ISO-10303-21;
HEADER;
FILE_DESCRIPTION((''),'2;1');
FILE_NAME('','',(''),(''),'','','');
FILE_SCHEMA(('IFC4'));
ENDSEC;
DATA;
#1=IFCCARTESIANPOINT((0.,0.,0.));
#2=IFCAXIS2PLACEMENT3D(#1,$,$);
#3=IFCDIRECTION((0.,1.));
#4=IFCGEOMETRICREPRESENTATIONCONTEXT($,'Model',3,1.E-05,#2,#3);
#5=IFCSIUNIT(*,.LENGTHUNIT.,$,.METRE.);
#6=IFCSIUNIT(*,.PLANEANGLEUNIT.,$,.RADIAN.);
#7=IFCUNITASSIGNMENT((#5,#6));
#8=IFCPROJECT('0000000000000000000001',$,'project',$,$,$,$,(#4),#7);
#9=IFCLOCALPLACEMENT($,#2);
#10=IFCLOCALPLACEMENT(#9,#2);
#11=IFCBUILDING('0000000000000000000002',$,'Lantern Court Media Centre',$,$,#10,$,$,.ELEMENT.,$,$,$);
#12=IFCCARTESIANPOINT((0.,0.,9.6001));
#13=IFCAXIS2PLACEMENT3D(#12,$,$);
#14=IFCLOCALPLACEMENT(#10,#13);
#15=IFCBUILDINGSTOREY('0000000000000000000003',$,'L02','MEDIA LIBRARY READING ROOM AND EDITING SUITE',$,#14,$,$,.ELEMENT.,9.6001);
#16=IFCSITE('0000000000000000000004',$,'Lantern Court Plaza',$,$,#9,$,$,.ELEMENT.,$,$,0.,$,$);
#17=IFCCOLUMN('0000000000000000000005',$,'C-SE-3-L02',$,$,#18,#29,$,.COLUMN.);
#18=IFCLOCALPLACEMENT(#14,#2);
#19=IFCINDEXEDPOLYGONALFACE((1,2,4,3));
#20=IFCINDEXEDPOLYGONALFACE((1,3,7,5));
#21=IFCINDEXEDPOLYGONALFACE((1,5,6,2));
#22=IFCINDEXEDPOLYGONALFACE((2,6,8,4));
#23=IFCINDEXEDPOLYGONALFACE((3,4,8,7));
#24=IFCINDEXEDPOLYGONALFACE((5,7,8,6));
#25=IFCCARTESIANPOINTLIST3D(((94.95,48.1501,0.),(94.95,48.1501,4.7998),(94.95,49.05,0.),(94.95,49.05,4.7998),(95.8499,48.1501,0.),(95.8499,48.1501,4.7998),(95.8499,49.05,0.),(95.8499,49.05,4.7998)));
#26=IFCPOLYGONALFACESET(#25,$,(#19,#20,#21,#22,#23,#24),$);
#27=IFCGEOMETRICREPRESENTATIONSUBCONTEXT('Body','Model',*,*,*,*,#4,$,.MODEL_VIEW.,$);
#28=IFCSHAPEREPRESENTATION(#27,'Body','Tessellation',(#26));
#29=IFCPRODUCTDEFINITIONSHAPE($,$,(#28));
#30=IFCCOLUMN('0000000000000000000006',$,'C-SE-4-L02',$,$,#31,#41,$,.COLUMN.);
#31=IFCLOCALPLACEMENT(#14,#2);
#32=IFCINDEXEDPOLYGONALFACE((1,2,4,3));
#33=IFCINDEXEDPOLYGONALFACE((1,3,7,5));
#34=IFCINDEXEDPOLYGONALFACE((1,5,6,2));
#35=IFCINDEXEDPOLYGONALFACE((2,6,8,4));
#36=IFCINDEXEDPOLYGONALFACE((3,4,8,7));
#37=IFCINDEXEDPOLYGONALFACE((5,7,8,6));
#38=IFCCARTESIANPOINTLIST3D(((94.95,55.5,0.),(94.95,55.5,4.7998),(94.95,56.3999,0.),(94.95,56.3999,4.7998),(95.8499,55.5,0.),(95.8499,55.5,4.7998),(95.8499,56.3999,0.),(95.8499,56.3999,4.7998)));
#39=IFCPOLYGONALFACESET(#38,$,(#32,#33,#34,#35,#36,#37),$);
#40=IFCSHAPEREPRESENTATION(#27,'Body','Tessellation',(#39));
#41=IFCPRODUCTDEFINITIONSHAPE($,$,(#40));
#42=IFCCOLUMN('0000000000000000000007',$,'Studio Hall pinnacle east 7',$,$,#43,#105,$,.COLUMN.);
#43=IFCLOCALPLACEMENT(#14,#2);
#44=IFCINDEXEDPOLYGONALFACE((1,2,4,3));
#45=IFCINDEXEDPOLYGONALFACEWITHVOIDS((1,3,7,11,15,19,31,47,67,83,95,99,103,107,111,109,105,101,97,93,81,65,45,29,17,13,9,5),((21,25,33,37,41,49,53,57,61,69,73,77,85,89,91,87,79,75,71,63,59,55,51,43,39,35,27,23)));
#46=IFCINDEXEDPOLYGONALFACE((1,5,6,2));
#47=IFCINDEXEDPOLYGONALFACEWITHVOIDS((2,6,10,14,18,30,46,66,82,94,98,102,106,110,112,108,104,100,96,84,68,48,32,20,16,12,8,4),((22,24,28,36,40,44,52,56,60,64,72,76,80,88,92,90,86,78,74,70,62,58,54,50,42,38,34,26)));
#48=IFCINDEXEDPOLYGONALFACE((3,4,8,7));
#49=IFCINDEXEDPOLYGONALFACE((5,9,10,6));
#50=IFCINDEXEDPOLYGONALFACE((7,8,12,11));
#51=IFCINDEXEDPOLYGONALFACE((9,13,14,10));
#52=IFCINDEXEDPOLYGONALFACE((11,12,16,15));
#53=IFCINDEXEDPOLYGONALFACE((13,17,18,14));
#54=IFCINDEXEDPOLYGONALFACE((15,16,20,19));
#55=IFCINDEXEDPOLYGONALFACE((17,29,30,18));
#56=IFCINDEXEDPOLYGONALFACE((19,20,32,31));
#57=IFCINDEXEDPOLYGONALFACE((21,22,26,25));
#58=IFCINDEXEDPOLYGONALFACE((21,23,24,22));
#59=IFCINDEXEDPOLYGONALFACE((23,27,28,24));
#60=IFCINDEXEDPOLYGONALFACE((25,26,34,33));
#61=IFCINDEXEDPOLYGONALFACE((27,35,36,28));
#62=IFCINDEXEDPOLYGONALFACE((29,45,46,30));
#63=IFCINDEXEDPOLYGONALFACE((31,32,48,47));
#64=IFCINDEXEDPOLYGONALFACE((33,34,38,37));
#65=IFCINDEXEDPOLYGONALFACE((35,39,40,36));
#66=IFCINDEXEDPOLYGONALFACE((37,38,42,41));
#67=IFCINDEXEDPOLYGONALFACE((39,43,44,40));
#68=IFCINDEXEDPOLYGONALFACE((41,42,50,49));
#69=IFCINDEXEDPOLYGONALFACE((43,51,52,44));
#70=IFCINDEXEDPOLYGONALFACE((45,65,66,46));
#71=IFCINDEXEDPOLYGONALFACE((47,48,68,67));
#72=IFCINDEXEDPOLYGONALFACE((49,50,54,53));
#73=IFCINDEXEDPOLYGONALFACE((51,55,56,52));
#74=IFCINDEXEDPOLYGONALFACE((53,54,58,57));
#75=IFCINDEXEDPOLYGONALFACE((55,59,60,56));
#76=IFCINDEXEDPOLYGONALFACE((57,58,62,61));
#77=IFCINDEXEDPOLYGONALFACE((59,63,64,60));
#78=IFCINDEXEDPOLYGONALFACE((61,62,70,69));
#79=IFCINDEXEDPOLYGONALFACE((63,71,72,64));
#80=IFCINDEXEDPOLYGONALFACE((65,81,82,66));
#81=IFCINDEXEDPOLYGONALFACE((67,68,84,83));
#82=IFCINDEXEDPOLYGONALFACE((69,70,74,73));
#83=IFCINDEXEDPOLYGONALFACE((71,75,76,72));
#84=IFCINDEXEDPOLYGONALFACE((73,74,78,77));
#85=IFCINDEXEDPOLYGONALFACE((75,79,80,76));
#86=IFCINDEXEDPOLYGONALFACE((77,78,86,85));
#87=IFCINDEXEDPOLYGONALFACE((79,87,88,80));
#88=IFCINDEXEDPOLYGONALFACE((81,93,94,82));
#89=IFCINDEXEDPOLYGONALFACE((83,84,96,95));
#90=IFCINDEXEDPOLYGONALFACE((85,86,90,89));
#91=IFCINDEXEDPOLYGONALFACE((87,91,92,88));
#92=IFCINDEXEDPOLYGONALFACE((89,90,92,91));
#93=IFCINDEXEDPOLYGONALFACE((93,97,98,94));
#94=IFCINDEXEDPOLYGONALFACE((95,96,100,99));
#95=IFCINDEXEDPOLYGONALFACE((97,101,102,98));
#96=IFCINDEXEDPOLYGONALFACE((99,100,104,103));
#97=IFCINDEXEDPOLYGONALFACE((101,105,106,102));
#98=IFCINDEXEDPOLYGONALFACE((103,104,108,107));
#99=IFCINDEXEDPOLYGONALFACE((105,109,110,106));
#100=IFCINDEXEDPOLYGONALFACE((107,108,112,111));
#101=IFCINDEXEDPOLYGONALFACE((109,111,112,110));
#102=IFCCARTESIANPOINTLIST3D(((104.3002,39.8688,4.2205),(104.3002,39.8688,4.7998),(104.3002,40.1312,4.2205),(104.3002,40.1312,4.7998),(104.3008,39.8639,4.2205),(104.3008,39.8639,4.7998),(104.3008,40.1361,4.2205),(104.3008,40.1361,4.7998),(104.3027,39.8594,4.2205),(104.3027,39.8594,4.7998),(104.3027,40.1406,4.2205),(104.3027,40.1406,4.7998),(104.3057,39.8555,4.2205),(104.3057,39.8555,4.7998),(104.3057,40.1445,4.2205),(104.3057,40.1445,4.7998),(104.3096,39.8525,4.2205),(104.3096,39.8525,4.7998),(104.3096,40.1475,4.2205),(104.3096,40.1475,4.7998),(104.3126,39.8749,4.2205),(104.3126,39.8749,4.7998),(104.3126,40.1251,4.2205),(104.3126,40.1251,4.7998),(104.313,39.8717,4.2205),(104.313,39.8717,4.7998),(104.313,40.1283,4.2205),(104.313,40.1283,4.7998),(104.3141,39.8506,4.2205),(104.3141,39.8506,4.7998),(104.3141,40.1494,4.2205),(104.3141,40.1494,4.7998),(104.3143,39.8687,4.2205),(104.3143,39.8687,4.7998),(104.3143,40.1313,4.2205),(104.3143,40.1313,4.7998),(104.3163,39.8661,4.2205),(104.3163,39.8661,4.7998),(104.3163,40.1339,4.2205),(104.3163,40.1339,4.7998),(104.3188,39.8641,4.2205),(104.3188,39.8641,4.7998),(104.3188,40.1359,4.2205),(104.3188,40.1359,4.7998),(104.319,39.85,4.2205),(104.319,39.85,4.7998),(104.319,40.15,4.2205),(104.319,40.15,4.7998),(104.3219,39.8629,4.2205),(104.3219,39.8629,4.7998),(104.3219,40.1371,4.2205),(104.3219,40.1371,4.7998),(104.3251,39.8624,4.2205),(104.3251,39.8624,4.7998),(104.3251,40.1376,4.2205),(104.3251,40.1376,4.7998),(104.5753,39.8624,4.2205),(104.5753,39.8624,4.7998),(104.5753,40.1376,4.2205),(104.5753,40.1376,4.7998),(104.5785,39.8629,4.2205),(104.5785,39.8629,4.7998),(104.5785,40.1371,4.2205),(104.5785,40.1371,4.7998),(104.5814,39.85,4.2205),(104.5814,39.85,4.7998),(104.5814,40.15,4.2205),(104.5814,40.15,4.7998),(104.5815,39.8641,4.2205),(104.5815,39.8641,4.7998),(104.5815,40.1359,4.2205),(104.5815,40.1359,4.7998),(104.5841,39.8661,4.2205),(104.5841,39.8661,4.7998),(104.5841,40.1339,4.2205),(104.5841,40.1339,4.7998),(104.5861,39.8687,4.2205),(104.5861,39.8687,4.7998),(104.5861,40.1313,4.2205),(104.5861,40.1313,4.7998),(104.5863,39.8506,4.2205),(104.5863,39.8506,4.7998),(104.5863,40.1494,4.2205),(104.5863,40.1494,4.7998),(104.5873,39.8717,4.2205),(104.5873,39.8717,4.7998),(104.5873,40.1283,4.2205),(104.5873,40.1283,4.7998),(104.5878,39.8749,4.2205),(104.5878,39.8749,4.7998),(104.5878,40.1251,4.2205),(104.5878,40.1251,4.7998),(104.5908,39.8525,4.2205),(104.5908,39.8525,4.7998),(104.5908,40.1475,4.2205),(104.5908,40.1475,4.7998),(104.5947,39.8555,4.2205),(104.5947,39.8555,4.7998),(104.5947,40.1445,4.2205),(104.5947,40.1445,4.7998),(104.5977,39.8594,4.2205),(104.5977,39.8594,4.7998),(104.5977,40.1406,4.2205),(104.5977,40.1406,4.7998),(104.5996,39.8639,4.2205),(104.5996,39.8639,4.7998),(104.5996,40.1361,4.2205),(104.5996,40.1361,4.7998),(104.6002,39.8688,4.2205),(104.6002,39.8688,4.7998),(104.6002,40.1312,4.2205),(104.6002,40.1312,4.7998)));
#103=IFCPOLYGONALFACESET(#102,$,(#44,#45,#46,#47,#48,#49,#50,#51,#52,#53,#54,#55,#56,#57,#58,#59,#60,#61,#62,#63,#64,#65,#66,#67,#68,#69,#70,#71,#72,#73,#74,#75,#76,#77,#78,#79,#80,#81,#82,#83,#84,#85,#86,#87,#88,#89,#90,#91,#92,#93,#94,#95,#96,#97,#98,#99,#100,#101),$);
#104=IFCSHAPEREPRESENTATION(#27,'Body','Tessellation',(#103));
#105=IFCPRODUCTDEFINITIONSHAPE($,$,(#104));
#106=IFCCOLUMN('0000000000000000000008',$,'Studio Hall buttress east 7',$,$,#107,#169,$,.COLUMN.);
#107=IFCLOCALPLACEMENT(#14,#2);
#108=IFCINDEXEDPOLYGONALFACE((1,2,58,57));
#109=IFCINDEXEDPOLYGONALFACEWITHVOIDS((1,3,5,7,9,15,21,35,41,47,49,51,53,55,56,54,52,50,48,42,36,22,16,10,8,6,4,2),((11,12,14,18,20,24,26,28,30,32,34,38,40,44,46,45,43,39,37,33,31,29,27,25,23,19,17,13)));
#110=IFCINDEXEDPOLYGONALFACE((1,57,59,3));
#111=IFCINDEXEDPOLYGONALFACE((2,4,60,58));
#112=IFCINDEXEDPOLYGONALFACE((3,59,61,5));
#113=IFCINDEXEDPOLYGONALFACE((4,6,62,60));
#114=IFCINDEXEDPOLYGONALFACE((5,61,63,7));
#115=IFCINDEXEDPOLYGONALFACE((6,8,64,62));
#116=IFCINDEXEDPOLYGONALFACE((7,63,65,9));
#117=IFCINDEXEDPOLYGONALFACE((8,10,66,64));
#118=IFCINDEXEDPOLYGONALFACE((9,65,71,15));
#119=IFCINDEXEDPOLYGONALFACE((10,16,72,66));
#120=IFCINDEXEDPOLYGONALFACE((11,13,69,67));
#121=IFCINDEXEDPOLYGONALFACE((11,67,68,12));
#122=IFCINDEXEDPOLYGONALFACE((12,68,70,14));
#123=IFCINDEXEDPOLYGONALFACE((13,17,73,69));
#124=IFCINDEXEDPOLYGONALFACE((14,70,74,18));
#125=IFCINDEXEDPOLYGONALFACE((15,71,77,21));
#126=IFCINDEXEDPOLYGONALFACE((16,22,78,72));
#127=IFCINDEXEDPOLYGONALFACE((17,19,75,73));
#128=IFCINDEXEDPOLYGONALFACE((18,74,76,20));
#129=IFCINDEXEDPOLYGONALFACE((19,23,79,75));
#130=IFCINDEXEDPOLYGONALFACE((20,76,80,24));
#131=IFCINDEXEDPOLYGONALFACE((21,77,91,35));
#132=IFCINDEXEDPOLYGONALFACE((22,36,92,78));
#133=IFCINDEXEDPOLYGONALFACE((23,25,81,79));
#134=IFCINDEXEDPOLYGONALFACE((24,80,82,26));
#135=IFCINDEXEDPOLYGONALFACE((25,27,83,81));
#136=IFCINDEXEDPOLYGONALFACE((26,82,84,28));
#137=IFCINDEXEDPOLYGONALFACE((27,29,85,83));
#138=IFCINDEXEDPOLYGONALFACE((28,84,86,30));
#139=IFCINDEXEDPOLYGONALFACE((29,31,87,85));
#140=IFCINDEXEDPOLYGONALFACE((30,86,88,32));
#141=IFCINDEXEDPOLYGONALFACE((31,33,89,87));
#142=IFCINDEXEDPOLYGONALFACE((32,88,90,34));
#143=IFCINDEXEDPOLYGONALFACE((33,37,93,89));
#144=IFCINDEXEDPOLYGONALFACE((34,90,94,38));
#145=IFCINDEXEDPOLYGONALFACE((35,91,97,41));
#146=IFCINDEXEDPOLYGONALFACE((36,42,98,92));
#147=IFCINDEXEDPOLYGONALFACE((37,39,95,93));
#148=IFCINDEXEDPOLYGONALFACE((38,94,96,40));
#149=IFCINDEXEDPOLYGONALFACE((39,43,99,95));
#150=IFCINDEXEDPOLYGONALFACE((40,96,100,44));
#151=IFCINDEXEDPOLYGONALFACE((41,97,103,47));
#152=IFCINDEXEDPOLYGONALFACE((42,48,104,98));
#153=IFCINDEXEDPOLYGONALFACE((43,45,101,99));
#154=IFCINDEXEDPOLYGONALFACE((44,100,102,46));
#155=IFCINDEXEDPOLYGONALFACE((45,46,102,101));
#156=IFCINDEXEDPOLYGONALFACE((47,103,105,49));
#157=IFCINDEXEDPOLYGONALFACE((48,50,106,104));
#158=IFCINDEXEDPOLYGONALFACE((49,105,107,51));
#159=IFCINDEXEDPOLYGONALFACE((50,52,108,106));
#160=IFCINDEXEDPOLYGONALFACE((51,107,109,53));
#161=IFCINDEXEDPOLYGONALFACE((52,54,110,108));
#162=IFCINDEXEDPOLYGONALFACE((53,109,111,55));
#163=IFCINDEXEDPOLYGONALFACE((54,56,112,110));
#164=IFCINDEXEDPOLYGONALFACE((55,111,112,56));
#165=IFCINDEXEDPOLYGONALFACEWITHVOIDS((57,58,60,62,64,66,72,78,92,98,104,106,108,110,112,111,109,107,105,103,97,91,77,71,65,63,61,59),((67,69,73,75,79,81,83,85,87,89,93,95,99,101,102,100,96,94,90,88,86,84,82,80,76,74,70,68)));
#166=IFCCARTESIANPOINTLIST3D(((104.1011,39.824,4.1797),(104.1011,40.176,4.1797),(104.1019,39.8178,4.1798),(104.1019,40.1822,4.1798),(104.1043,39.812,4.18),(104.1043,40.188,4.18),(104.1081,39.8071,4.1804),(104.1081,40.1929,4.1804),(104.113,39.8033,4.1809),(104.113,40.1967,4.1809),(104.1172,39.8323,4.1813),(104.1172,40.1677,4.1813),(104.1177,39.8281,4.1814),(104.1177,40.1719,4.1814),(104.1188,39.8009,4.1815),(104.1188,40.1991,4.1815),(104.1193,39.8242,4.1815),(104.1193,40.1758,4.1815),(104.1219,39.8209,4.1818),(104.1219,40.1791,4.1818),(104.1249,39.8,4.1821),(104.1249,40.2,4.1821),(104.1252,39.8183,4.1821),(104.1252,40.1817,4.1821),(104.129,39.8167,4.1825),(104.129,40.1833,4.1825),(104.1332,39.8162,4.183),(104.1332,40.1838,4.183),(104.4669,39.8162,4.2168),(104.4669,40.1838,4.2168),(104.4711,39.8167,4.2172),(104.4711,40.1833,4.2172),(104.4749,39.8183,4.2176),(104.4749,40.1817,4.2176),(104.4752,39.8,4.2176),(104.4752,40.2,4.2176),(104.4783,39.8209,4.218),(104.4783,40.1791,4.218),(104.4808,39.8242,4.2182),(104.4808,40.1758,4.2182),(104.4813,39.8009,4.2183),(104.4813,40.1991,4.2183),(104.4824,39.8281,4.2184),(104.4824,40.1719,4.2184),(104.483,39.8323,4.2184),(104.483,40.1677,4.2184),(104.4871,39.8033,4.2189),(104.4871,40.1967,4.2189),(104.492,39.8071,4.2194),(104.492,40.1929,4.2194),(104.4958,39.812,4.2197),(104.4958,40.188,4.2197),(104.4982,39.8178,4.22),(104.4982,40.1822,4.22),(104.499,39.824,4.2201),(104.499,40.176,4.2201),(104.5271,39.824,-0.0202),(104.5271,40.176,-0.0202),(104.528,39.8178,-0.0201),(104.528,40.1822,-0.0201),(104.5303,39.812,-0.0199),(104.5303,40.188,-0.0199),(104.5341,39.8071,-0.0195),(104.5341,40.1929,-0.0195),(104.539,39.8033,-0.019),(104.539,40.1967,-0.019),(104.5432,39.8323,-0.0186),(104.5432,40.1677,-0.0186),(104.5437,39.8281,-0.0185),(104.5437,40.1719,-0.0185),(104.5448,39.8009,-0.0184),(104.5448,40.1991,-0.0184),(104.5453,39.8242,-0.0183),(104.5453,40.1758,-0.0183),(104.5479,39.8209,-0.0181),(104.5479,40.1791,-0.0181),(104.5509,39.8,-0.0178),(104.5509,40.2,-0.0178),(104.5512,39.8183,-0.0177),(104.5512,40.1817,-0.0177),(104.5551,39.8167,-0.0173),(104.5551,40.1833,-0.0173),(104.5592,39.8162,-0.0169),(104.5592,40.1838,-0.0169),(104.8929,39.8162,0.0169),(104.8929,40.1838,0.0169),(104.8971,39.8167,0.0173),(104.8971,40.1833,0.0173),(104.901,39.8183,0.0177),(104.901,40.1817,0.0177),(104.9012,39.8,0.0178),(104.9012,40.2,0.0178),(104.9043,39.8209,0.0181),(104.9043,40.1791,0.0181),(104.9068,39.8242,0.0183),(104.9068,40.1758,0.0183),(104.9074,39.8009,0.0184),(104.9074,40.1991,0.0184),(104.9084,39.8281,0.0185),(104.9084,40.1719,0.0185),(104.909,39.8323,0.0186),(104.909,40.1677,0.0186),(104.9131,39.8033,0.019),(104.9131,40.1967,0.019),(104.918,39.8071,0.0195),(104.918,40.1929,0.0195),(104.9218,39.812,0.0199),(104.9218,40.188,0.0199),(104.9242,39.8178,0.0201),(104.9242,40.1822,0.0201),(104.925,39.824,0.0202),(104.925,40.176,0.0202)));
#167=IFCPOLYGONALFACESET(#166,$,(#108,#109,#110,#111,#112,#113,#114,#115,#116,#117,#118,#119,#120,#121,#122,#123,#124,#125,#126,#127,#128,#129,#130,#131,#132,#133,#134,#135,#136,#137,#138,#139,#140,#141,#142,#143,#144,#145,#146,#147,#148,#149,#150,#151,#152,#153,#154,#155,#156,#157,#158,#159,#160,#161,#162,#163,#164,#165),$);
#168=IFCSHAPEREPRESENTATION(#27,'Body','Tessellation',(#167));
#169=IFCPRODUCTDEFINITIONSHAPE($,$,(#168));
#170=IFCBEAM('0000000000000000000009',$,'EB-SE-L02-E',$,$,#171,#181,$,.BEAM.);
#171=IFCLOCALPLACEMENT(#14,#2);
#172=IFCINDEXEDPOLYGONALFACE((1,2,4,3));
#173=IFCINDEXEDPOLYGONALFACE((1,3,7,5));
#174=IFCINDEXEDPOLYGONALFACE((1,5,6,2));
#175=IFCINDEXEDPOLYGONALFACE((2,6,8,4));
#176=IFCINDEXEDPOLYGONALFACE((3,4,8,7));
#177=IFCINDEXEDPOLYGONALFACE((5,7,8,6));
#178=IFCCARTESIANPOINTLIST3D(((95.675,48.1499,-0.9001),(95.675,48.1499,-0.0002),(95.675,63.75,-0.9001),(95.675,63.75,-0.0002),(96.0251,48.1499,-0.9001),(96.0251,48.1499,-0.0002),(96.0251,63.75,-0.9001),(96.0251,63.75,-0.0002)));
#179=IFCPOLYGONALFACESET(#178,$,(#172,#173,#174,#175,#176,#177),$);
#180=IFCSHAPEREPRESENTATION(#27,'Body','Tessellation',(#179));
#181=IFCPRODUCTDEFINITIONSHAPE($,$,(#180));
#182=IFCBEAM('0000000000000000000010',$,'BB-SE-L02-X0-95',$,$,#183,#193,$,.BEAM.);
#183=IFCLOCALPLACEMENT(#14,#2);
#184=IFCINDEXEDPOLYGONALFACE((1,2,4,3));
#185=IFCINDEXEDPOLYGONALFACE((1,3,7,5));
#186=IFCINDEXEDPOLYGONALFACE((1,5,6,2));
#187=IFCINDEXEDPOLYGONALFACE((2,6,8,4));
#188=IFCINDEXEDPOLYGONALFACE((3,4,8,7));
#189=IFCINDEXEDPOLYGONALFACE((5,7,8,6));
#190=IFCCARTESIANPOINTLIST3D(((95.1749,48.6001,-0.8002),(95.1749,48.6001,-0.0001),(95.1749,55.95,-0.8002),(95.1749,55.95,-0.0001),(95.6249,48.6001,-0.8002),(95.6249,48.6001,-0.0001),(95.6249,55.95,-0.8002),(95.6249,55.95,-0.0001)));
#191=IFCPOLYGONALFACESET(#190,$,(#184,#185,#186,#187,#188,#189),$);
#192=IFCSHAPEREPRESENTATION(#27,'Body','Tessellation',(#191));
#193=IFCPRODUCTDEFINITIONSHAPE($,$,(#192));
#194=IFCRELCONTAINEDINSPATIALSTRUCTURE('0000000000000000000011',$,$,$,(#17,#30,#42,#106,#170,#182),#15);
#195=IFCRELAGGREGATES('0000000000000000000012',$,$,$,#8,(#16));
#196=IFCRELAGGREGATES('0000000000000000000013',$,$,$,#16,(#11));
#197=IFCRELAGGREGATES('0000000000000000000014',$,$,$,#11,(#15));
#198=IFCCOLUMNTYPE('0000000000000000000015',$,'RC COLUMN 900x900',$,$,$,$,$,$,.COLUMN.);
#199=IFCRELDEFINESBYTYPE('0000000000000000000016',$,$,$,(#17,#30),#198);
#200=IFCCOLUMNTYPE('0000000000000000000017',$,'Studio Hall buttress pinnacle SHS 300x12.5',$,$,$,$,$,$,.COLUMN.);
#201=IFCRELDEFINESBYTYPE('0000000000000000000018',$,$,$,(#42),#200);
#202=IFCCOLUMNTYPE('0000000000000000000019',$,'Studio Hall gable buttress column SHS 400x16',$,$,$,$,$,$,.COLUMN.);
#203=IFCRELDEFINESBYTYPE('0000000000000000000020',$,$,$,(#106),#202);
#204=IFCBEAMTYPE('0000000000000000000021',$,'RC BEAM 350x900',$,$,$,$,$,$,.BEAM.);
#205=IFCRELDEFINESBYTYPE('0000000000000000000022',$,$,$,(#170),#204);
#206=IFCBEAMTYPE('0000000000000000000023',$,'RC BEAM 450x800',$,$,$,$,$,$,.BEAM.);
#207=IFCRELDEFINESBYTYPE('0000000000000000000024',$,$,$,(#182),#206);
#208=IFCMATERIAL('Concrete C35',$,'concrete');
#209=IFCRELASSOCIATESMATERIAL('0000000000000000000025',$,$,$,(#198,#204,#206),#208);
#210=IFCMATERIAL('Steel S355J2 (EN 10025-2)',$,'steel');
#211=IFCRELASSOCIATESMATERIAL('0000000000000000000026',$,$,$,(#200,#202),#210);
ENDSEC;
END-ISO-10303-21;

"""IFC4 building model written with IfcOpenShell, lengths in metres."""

from ifc_helpers import new_model, si_unit, direction, frame, origin, origin_2d, place, context, subcontext, project, spatial, rectangle, hollow_rectangle, extrude, material, material_profile, profile_set, type_object, element, save


model = new_model("IFC4")

# Units and contexts
model_context = context("Model", 3, precision=1e-05, world=origin(), true_north=direction((0.0, 1.0)))
body_context = subcontext(model_context, "Body", "Model", "MODEL_VIEW")
ifc_project = project(units=[si_unit("LENGTHUNIT", "METRE"), si_unit("PLANEANGLEUNIT", "RADIAN")], contexts=[model_context])

# Site, building, storey
site_placement = place(None, origin())
site = spatial("IfcSite", under=ifc_project, at=site_placement, Name="Lantern Court Plaza", CompositionType="ELEMENT", RefElevation=0.0)
building_placement = place(site_placement, origin())
building = spatial("IfcBuilding", under=site, at=building_placement, Name="Lantern Court Media Centre", CompositionType="ELEMENT")
storey_placement = place(building_placement, frame((0.0, 0.0, 9.6001)))
storey = spatial("IfcBuildingStorey", under=building, at=storey_placement, Name="L02", Description="MEDIA LIBRARY READING ROOM AND EDITING SUITE", CompositionType="ELEMENT", Elevation=9.6001)

# Columns
ifc_material_1 = material(Name="Concrete C35", Category="concrete")
ifc_material_profile_1 = material_profile(ifc_material_1, rectangle(XDim=0.8999, YDim=0.8999, at=origin_2d()), Name="RC 900x900")
ifc_profile_set_1 = profile_set([ifc_material_profile_1], Name="Concrete C35")
column_type_1 = type_object("IfcColumnType", Name="RC COLUMN 900x900", PredefinedType="COLUMN", material=ifc_profile_set_1)
for number, where, z_axis, x_axis, name in (
    (1, (95.3999, 48.6001, 0.0), (0.0, 0.0, 1.0), (1.0, 0.0, 0.0), "C-SE-3-L02"),
    (2, (95.3999, 55.95, 0.0), (0.0, 0.0, 1.0), (1.0, 0.0, 0.0), "C-SE-4-L02"),
):
    element("IfcColumn", number, at=place(storey_placement, frame(where, z_axis=z_axis, x_axis=x_axis)), inside=storey, type_object=column_type_1, Name=name, PredefinedType="COLUMN", context=body_context, shape_type="SweptSolid", body=[
        extrude(rectangle(XDim=0.8999, YDim=0.8999, at=origin_2d()), origin(), (0.0, 0.0, 1.0), 4.7998),
    ])
ifc_material_2 = material(Name="Steel S355J2 (EN 10025-2)", Category="steel")
ifc_material_profile_2 = material_profile(ifc_material_2, hollow_rectangle(XDim=0.3, YDim=0.3, WallThickness=0.0125, InnerFilletRadius=0.0125, OuterFilletRadius=0.0188, at=origin_2d()), Name="Studio Hall buttress pinnacle SHS 300x12.5")
ifc_profile_set_2 = profile_set([ifc_material_profile_2], Name="Steel S355J2 (EN 10025-2)")
column_type_2 = type_object("IfcColumnType", Name="Studio Hall buttress pinnacle SHS 300x12.5", PredefinedType="COLUMN", material=ifc_profile_set_2)
column_1_placement = place(storey_placement, frame((104.4502, 40.0, 4.2205), z_axis=(0.0, 0.0, 1.0), x_axis=(1.0, 0.0, 0.0)))
element("IfcColumn", 3, at=column_1_placement, inside=storey, type_object=column_type_2, Name="Studio Hall pinnacle east 7", PredefinedType="COLUMN", context=body_context, shape_type="SweptSolid", body=[
    extrude(hollow_rectangle(XDim=0.3, YDim=0.3, WallThickness=0.0125, InnerFilletRadius=0.0125, OuterFilletRadius=0.0188, at=origin_2d()), origin(), (0.0, 0.0, 1.0), 0.5793),
])
ifc_material_profile_3 = material_profile(ifc_material_2, hollow_rectangle(XDim=0.3999, YDim=0.3999, WallThickness=0.0161, InnerFilletRadius=0.0161, OuterFilletRadius=0.0239, at=origin_2d()), Name="Studio Hall gable buttress column SHS 400x16")
ifc_profile_set_3 = profile_set([ifc_material_profile_3], Name="Steel S355J2 (EN 10025-2)")
column_type_3 = type_object("IfcColumnType", Name="Studio Hall gable buttress column SHS 400x16", PredefinedType="COLUMN", material=ifc_profile_set_3)
column_2_placement = place(storey_placement, frame((104.7261, 40.0, 0.0), z_axis=(-0.100918, 0.0, 0.994895), x_axis=(0.0, -1.0, 0.0)))
element("IfcColumn", 4, at=column_2_placement, inside=storey, type_object=column_type_3, Name="Studio Hall buttress east 7", PredefinedType="COLUMN", context=body_context, shape_type="SweptSolid", body=[
    extrude(hollow_rectangle(XDim=0.3999, YDim=0.3999, WallThickness=0.0161, InnerFilletRadius=0.0161, OuterFilletRadius=0.0239, at=origin_2d()), origin(), (0.0, 0.0, 1.0), 4.2214),
])

# Beams
ifc_material_profile_4 = material_profile(ifc_material_1, rectangle(XDim=0.3501, YDim=0.8999, at=origin_2d()), Name="RC 350x900")
ifc_profile_set_4 = profile_set([ifc_material_profile_4], Name="Concrete C35")
beam_type_1 = type_object("IfcBeamType", Name="RC BEAM 350x900", PredefinedType="BEAM", material=ifc_profile_set_4)
beam_1_placement = place(storey_placement, frame((95.8501, 48.1499, -0.4502), z_axis=(0.0, 1.0, 0.0), x_axis=(-1.0, 0.0, 0.0)))
element("IfcBeam", 5, at=beam_1_placement, inside=storey, type_object=beam_type_1, Name="EB-SE-L02-E", PredefinedType="BEAM", context=body_context, shape_type="SweptSolid", body=[
    extrude(rectangle(XDim=0.3501, YDim=0.8999, at=origin_2d()), origin(), (0.0, 0.0, 1.0), 15.6001),
])
ifc_material_profile_5 = material_profile(ifc_material_1, rectangle(XDim=0.45, YDim=0.8, at=origin_2d()), Name="RC 450x800")
ifc_profile_set_5 = profile_set([ifc_material_profile_5], Name="Concrete C35")
beam_type_2 = type_object("IfcBeamType", Name="RC BEAM 450x800", PredefinedType="BEAM", material=ifc_profile_set_5)
beam_2_placement = place(storey_placement, frame((95.3999, 48.6001, -0.4001), z_axis=(0.0, 1.0, 0.0), x_axis=(-1.0, 0.0, 0.0)))
element("IfcBeam", 6, at=beam_2_placement, inside=storey, type_object=beam_type_2, Name="BB-SE-L02-X0-95", PredefinedType="BEAM", context=body_context, shape_type="SweptSolid", body=[
    extrude(rectangle(XDim=0.45, YDim=0.8, at=origin_2d()), origin(), (0.0, 0.0, 1.0), 7.3499),
])

save(model, "model.ifc")
